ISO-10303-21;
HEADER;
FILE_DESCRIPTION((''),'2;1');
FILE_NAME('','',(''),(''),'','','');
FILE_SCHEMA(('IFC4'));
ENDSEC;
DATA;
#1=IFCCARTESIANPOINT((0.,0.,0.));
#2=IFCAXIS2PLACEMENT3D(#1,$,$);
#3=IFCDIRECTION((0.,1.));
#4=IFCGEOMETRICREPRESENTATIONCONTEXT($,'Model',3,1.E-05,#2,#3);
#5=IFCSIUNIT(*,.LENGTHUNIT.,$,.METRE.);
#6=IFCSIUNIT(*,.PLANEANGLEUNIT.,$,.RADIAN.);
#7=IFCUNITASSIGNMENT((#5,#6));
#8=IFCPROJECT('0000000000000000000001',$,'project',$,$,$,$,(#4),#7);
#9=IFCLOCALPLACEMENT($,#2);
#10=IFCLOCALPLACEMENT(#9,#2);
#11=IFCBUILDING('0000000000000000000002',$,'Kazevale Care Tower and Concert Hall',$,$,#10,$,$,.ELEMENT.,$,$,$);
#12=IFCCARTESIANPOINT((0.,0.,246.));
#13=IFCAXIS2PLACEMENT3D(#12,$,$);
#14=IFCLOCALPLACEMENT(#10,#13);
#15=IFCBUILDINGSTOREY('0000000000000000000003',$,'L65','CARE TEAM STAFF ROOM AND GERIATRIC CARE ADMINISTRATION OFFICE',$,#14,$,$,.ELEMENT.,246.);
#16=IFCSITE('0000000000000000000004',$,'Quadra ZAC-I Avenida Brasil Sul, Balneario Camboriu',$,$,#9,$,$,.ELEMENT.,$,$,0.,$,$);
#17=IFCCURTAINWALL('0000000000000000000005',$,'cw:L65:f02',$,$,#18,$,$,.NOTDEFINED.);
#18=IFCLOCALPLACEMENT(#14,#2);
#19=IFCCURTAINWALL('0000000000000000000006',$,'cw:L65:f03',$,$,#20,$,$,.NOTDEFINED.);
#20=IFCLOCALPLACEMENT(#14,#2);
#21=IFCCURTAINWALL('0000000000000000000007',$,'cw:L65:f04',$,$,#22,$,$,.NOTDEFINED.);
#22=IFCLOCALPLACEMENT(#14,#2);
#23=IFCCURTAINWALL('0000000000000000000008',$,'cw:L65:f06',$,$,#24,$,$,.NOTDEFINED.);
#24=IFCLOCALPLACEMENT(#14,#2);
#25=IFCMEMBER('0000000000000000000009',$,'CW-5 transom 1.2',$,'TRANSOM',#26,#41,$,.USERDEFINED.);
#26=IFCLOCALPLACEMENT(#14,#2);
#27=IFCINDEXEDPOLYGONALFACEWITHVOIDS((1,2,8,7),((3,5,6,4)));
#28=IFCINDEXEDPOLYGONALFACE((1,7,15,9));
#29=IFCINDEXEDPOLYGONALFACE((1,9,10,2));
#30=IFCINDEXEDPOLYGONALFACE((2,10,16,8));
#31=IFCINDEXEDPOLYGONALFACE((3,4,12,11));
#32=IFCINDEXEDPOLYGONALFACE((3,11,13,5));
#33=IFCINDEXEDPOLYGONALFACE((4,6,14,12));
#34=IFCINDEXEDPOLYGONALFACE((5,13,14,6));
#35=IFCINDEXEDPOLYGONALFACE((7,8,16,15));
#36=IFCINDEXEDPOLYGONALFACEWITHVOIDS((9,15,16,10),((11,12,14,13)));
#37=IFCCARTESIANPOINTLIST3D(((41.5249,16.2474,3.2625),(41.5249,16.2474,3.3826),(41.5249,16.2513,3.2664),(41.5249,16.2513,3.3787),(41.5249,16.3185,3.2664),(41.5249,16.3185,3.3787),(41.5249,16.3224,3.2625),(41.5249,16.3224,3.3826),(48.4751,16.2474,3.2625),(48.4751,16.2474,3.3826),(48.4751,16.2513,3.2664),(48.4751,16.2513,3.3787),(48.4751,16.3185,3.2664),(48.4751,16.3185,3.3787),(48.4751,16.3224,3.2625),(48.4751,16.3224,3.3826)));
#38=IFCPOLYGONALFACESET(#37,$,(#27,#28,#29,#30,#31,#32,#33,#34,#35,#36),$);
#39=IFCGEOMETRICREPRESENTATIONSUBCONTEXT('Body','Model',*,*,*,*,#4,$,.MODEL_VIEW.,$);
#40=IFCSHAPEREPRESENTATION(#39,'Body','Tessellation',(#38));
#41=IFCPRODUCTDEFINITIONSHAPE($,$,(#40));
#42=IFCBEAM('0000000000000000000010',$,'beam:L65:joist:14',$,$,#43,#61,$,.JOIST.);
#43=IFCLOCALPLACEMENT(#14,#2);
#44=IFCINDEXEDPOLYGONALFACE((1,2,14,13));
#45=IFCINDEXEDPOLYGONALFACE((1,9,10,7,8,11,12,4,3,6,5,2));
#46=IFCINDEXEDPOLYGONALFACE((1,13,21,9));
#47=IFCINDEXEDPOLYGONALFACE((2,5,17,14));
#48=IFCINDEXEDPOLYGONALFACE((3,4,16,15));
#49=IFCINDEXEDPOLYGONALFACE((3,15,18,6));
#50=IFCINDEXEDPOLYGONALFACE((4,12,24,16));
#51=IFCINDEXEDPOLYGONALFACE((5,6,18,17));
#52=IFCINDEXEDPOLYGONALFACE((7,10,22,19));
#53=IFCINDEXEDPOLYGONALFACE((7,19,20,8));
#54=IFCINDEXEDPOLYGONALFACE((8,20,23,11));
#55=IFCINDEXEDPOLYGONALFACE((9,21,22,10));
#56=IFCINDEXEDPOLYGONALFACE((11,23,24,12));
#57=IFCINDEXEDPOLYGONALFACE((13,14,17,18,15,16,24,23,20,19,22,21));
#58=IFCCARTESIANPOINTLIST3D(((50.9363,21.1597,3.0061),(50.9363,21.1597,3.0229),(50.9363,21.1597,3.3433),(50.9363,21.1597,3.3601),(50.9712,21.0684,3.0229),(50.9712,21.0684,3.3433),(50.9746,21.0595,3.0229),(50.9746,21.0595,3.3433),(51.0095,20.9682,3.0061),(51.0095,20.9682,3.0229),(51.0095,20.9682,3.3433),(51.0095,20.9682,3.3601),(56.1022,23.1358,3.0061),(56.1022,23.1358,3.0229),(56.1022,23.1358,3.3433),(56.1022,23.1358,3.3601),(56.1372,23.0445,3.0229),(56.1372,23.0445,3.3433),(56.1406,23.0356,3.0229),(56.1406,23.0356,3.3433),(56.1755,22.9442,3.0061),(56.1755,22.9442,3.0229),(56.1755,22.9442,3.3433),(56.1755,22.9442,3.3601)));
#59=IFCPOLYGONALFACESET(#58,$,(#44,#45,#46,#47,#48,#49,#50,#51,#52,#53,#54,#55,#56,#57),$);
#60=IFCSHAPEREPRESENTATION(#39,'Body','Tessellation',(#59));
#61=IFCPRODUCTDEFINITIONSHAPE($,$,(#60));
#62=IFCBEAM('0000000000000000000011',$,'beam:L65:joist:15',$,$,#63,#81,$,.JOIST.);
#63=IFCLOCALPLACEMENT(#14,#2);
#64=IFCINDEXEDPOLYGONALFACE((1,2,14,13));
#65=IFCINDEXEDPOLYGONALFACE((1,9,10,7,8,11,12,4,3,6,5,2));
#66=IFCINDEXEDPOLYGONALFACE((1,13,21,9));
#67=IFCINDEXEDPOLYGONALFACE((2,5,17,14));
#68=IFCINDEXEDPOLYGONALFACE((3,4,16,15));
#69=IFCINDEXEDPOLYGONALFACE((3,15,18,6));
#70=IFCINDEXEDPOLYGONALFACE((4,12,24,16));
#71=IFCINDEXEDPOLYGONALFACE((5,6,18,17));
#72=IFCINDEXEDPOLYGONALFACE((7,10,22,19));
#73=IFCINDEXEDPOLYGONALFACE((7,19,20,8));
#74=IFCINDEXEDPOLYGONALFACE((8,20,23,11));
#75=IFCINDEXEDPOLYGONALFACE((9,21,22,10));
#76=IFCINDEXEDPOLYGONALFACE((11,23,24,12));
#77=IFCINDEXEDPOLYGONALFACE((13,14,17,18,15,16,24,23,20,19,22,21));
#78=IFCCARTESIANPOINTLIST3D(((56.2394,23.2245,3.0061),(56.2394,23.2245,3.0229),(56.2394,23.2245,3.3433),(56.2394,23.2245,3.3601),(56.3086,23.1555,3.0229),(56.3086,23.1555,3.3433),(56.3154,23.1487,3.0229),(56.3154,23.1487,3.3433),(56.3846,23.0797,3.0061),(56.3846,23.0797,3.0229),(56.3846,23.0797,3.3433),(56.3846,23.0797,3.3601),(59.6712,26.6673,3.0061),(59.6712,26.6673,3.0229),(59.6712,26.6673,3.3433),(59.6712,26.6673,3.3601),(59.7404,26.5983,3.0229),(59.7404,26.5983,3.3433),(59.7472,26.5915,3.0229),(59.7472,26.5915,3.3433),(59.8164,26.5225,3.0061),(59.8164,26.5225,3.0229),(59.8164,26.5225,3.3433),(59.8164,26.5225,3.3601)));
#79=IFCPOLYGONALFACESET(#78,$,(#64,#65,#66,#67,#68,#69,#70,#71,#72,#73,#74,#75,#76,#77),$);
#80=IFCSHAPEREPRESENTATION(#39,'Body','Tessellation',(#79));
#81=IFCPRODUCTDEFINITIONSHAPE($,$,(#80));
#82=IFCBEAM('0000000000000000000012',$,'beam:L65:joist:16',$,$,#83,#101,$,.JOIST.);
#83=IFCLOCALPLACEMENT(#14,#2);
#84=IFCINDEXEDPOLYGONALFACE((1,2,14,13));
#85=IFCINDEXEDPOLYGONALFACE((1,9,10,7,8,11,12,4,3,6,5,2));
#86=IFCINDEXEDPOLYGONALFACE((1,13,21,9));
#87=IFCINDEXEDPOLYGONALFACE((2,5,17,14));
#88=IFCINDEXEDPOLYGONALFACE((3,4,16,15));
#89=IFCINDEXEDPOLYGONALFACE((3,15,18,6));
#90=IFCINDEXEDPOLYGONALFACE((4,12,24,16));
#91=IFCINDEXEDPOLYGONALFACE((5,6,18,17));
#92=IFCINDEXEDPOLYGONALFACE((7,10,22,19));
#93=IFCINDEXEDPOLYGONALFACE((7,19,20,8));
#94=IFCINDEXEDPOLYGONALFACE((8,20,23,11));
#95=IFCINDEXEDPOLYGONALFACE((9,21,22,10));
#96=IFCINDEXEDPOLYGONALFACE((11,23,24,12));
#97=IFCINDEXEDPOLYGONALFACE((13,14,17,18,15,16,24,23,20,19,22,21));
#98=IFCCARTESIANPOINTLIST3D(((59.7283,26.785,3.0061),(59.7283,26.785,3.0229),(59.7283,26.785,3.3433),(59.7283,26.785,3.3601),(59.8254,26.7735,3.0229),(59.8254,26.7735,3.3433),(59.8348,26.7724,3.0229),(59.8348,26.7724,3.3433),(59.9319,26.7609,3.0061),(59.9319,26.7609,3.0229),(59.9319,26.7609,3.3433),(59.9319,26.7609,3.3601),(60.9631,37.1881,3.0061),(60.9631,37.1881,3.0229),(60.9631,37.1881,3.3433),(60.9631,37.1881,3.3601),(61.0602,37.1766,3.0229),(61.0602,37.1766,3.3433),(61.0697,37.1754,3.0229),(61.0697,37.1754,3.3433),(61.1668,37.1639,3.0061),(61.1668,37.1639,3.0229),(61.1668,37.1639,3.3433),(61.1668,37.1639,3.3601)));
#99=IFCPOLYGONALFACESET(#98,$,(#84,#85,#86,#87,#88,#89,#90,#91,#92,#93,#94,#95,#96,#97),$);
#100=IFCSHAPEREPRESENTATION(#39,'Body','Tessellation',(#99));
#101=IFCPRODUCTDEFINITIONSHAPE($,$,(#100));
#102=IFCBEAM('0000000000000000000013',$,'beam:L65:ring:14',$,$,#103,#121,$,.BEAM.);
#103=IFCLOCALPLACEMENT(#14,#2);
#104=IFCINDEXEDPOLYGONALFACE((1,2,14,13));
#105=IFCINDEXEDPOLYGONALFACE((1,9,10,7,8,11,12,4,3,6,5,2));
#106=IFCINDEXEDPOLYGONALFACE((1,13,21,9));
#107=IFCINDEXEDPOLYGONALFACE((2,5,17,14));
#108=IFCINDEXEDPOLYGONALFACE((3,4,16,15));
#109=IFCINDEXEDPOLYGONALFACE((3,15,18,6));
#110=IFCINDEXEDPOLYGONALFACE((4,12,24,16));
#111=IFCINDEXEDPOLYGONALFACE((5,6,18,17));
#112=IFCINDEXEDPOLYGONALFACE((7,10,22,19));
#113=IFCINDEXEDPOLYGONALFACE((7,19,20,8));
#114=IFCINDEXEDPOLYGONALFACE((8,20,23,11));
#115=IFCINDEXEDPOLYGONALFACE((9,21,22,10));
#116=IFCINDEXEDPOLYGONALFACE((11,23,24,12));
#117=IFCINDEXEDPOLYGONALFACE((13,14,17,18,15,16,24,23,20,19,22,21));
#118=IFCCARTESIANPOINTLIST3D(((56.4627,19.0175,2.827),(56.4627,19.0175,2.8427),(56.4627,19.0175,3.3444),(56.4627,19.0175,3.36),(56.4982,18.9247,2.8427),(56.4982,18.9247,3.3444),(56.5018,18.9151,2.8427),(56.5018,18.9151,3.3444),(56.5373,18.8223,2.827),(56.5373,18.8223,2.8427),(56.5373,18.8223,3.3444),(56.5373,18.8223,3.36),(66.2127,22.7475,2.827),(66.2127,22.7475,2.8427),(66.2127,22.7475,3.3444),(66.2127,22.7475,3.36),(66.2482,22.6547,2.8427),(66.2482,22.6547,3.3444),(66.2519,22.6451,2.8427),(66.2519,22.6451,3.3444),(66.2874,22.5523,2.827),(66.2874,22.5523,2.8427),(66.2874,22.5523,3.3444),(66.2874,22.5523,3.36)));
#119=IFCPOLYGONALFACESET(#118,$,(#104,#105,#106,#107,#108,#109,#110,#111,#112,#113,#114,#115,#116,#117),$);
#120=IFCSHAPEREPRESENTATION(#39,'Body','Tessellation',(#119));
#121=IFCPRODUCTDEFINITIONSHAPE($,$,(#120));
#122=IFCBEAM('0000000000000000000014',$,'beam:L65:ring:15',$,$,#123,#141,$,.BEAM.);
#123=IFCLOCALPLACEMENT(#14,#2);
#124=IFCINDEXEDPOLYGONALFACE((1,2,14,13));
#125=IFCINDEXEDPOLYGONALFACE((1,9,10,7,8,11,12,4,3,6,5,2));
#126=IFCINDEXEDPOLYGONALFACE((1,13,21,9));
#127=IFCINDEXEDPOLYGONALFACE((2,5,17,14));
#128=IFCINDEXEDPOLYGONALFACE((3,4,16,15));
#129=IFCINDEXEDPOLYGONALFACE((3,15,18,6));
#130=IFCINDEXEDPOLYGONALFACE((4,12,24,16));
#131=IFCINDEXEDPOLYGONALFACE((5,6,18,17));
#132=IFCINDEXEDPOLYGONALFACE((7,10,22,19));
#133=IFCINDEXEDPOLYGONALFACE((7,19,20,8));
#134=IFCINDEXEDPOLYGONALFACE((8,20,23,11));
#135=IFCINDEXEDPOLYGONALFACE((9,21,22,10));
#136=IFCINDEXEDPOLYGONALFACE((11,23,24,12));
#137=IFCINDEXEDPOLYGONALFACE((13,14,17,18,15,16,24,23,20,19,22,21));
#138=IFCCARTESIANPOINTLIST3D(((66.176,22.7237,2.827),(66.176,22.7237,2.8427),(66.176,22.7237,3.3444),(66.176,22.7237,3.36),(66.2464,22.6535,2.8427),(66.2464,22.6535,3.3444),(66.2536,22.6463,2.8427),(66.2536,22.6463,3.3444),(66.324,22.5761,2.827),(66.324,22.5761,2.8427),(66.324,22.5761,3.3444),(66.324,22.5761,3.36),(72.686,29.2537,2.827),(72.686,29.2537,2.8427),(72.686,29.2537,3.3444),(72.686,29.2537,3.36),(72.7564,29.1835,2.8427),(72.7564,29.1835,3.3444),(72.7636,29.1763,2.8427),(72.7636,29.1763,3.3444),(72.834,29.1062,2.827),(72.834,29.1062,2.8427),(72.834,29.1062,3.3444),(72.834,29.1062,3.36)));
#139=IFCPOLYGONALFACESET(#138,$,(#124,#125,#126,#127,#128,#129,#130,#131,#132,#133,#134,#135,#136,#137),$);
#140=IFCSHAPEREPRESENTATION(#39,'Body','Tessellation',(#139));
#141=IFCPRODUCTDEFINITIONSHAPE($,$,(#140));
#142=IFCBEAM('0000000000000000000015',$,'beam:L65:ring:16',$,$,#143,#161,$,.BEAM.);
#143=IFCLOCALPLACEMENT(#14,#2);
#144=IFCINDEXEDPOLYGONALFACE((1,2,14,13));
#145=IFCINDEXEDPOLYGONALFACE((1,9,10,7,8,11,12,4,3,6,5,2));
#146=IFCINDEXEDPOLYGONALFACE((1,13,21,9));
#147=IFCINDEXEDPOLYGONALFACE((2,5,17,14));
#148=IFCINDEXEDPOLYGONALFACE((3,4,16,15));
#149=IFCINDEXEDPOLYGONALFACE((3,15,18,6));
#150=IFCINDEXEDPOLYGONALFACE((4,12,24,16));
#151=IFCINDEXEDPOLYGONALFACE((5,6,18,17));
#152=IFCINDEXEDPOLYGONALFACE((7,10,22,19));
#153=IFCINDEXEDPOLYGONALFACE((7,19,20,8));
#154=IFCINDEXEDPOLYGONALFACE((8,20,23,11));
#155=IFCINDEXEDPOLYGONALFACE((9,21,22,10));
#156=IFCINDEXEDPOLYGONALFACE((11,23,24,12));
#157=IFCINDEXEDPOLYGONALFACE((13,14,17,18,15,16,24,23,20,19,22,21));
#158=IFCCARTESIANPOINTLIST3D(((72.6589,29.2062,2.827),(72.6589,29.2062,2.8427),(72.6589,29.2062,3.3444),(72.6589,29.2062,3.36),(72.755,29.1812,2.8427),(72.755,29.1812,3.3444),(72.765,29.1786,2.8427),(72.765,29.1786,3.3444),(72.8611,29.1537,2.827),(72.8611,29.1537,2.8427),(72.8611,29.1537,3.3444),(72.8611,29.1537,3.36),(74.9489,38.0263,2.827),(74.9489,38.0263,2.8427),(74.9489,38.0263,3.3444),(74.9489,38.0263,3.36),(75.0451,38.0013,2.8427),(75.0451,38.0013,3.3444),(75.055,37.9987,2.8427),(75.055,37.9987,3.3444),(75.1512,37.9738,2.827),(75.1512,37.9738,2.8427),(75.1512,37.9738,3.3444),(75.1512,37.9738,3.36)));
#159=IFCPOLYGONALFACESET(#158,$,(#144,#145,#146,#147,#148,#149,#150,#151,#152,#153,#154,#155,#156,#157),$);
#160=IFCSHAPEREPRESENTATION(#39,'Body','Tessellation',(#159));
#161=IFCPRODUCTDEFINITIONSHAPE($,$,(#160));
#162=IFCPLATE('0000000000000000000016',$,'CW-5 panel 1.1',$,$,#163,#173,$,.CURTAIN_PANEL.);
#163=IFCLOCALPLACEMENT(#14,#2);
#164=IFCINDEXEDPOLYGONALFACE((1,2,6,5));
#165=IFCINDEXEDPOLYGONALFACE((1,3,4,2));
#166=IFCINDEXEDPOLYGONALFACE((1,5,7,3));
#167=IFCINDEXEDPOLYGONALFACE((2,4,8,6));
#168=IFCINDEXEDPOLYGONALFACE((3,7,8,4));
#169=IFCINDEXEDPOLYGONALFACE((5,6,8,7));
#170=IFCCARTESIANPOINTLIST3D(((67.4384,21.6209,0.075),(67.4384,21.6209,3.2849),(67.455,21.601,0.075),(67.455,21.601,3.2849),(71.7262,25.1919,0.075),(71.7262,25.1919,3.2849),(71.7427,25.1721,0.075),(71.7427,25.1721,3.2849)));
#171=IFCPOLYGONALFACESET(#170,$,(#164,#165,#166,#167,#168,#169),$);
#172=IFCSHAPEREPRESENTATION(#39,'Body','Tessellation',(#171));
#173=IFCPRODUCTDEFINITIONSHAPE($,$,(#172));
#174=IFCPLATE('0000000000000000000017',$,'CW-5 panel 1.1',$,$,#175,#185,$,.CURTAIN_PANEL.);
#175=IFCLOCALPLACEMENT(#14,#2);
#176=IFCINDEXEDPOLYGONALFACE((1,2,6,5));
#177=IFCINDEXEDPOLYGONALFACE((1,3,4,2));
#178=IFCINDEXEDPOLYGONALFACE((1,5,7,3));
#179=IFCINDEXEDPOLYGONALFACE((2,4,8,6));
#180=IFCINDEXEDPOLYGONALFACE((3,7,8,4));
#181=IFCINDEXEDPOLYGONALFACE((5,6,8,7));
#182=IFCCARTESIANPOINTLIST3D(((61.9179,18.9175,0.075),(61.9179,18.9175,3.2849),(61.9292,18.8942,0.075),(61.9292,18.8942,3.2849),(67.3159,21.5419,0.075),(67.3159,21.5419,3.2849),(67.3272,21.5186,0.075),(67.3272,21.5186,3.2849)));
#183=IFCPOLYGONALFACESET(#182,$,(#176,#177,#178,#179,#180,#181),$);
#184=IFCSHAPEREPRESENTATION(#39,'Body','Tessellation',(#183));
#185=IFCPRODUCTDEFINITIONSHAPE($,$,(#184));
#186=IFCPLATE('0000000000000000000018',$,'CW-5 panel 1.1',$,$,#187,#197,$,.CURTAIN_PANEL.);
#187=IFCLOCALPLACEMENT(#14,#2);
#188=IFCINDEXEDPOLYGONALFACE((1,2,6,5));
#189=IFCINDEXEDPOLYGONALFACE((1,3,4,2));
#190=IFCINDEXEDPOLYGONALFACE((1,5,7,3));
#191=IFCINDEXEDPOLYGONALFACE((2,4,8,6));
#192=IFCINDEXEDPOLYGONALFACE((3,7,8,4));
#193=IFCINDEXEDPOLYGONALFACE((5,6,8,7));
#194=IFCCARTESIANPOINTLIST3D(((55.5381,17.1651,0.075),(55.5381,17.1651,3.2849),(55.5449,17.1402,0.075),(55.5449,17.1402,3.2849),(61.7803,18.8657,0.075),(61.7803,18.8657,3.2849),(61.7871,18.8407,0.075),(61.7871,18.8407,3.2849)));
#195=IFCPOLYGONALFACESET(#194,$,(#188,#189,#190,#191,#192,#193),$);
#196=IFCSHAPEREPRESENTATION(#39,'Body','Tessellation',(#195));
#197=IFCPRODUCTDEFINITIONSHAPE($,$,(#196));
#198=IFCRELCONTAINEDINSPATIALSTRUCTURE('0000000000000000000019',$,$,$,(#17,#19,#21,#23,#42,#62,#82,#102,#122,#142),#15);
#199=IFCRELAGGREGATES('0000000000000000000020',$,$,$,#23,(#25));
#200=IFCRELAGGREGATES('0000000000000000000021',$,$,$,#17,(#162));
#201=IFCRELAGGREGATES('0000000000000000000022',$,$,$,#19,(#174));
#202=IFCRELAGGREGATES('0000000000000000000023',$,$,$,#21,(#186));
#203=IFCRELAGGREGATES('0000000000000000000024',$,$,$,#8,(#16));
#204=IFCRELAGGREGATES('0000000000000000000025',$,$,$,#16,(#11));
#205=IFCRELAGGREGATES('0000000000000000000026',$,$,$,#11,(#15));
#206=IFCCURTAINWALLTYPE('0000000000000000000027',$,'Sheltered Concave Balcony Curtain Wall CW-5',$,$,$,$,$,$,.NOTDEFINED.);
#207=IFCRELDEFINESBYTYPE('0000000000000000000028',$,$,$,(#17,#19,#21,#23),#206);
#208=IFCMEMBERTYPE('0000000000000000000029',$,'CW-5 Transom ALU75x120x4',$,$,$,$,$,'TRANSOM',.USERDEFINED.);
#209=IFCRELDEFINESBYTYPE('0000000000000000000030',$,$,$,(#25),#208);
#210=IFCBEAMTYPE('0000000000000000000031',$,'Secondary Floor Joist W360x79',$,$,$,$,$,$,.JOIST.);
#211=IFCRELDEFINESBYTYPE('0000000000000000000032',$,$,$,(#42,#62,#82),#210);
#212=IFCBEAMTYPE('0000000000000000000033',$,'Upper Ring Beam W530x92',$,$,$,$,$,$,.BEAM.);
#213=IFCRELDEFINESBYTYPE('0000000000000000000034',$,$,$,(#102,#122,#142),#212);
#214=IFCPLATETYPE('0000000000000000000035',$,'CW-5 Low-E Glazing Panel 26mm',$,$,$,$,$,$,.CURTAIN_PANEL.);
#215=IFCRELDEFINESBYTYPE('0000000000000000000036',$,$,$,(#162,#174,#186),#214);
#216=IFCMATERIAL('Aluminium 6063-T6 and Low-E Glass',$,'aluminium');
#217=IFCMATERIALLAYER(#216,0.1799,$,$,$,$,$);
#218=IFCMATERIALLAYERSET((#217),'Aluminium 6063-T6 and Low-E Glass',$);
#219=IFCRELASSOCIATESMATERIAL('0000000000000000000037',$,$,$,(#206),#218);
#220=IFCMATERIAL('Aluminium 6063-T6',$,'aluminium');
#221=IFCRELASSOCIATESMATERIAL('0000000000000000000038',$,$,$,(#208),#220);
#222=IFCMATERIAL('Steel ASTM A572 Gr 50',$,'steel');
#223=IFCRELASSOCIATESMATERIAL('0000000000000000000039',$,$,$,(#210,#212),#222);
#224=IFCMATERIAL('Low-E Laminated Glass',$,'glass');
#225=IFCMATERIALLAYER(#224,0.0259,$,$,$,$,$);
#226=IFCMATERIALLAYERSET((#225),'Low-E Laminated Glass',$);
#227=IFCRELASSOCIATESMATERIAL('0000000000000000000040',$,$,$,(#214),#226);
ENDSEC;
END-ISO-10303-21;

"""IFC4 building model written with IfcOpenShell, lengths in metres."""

from ifc_helpers import new_model, si_unit, direction, frame, origin, origin_2d, place, context, subcontext, project, spatial, rectangle, hollow_rectangle, i_section, extrude, material, layer, layer_set, material_profile, profile_set, type_object, element, aggregate, save


model = new_model("IFC4")

# Units and contexts
model_context = context("Model", 3, precision=1e-05, world=origin(), true_north=direction((0.0, 1.0)))
body_context = subcontext(model_context, "Body", "Model", "MODEL_VIEW")
ifc_project = project(units=[si_unit("LENGTHUNIT", "METRE"), si_unit("PLANEANGLEUNIT", "RADIAN")], contexts=[model_context])

# Site, building, storey
site_placement = place(None, origin())
site = spatial("IfcSite", under=ifc_project, at=site_placement, Name="Quadra ZAC-I Avenida Brasil Sul, Balneario Camboriu", CompositionType="ELEMENT", RefElevation=0.0)
building_placement = place(site_placement, origin())
building = spatial("IfcBuilding", under=site, at=building_placement, Name="Kazevale Care Tower and Concert Hall", CompositionType="ELEMENT")
storey_placement = place(building_placement, frame((0.0, 0.0, 246.0)))
storey = spatial("IfcBuildingStorey", under=building, at=storey_placement, Name="L65", Description="CARE TEAM STAFF ROOM AND GERIATRIC CARE ADMINISTRATION OFFICE", CompositionType="ELEMENT", Elevation=246.0)

# Curtain walls
ifc_material_1 = material(Name="Aluminium 6063-T6 and Low-E Glass", Category="aluminium")
ifc_layer_1 = layer(ifc_material_1, 0.1799)
ifc_layer_set_1 = layer_set([ifc_layer_1], Name="Aluminium 6063-T6 and Low-E Glass")
curtain_wall_type = type_object("IfcCurtainWallType", Name="Sheltered Concave Balcony Curtain Wall CW-5", PredefinedType="NOTDEFINED", material=ifc_layer_set_1)
curtain_wall_1_placement = place(storey_placement, origin())
curtain_wall_1 = element("IfcCurtainWall", 1, at=curtain_wall_1_placement, inside=storey, type_object=curtain_wall_type, Name="cw:L65:f02", PredefinedType="NOTDEFINED")
ifc_material_2 = material(Name="Aluminium 6063-T6", Category="aluminium")
curtain_wall_2_placement = place(storey_placement, origin())
curtain_wall_2 = element("IfcCurtainWall", 2, at=curtain_wall_2_placement, inside=storey, type_object=curtain_wall_type, Name="cw:L65:f03", PredefinedType="NOTDEFINED")
curtain_wall_3_placement = place(storey_placement, origin())
curtain_wall_3 = element("IfcCurtainWall", 3, at=curtain_wall_3_placement, inside=storey, type_object=curtain_wall_type, Name="cw:L65:f04", PredefinedType="NOTDEFINED")

# Curtain wall
curtain_wall_4_placement = place(storey_placement, origin())
curtain_wall_4 = element("IfcCurtainWall", 4, at=curtain_wall_4_placement, inside=storey, type_object=curtain_wall_type, Name="cw:L65:f06", PredefinedType="NOTDEFINED")

# Member
ifc_material_profile_1 = material_profile(ifc_material_2, hollow_rectangle(XDim=0.075, YDim=0.1201, WallThickness=0.0039, at=origin_2d()), Name="ALU75x120x4")
ifc_profile_set_1 = profile_set([ifc_material_profile_1], Name="Aluminium 6063-T6")
member_type_1 = type_object("IfcMemberType", Name="CW-5 Transom ALU75x120x4", ElementType="TRANSOM", PredefinedType="USERDEFINED", material=ifc_profile_set_1)
member_1_placement = place(storey_placement, frame((48.4751, 16.2849, 3.3225), z_axis=(-1.0, 0.0, 0.0), x_axis=(0.0, -1.0, 0.0)))
member_1 = element("IfcMember", 5, at=member_1_placement, type_object=member_type_1, Name="CW-5 transom 1.2", ObjectType="TRANSOM", PredefinedType="USERDEFINED", context=body_context, shape_type="SweptSolid", body=[
    extrude(hollow_rectangle(XDim=0.075, YDim=0.1201, WallThickness=0.0039, at=origin_2d()), origin(), (0.0, 0.0, 1.0), 6.9502),
])
aggregate(curtain_wall_4, [member_1])

# Beams
ifc_material_3 = material(Name="Steel ASTM A572 Gr 50", Category="steel")
ifc_material_profile_2 = material_profile(ifc_material_3, i_section(OverallWidth=0.2051, OverallDepth=0.354, WebThickness=0.0095, FlangeThickness=0.0168, at=origin_2d()), Name="W360x79")
ifc_profile_set_2 = profile_set([ifc_material_profile_2], Name="Steel ASTM A572 Gr 50")
beam_type_1 = type_object("IfcBeamType", Name="Secondary Floor Joist W360x79", PredefinedType="JOIST", material=ifc_profile_set_2)
beam_1_placement = place(storey_placement, frame((50.9729, 21.064, 3.1831), z_axis=(0.934002, 0.357269, 0.0), x_axis=(-0.357269, 0.934002, 0.0)))
element("IfcBeam", 6, at=beam_1_placement, inside=storey, type_object=beam_type_1, Name="beam:L65:joist:14", PredefinedType="JOIST", context=body_context, shape_type="SweptSolid", body=[
    extrude(i_section(OverallWidth=0.2051, OverallDepth=0.354, WebThickness=0.0095, FlangeThickness=0.0168, at=origin_2d()), origin(), (0.0, 0.0, 1.0), 5.531),
])
beam_2_placement = place(storey_placement, frame((56.312, 23.1521, 3.1831), z_axis=(0.705976, 0.708236, 0.0), x_axis=(-0.708236, 0.705976, 0.0)))
element("IfcBeam", 7, at=beam_2_placement, inside=storey, type_object=beam_type_1, Name="beam:L65:joist:15", PredefinedType="JOIST", context=body_context, shape_type="SweptSolid", body=[
    extrude(i_section(OverallWidth=0.2051, OverallDepth=0.354, WebThickness=0.0095, FlangeThickness=0.0168, at=origin_2d()), origin(), (0.0, 0.0, 1.0), 4.8611),
])
beam_3_placement = place(storey_placement, frame((59.8301, 26.7729, 3.1831), z_axis=(0.117874, 0.993029, 0.0), x_axis=(-0.993029, 0.117874, 0.0)))
element("IfcBeam", 8, at=beam_3_placement, inside=storey, type_object=beam_type_1, Name="beam:L65:joist:16", PredefinedType="JOIST", context=body_context, shape_type="SweptSolid", body=[
    extrude(i_section(OverallWidth=0.2051, OverallDepth=0.354, WebThickness=0.0095, FlangeThickness=0.0168, at=origin_2d()), origin(), (0.0, 0.0, 1.0), 10.4761),
])
ifc_material_profile_3 = material_profile(ifc_material_3, i_section(OverallWidth=0.209, OverallDepth=0.533, WebThickness=0.0103, FlangeThickness=0.0156, at=origin_2d()), Name="W530x92")
ifc_profile_set_3 = profile_set([ifc_material_profile_3], Name="Steel ASTM A572 Gr 50")
beam_type_2 = type_object("IfcBeamType", Name="Upper Ring Beam W530x92", PredefinedType="BEAM", material=ifc_profile_set_3)
beam_4_placement = place(storey_placement, frame((56.5, 18.9199, 3.0935), z_axis=(0.933987, 0.357308, 0.0), x_axis=(-0.357308, 0.933987, 0.0)))
element("IfcBeam", 9, at=beam_4_placement, inside=storey, type_object=beam_type_2, Name="beam:L65:ring:14", PredefinedType="BEAM", context=body_context, shape_type="SweptSolid", body=[
    extrude(i_section(OverallWidth=0.209, OverallDepth=0.533, WebThickness=0.0103, FlangeThickness=0.0156, at=origin_2d()), origin(), (0.0, 0.0, 1.0), 10.4392),
])
beam_5_placement = place(storey_placement, frame((66.25, 22.6499, 3.0935), z_axis=(0.70602, 0.708192, 0.0), x_axis=(-0.708192, 0.70602, 0.0)))
element("IfcBeam", 10, at=beam_5_placement, inside=storey, type_object=beam_type_2, Name="beam:L65:ring:15", PredefinedType="BEAM", context=body_context, shape_type="SweptSolid", body=[
    extrude(i_section(OverallWidth=0.209, OverallDepth=0.533, WebThickness=0.0103, FlangeThickness=0.0156, at=origin_2d()), origin(), (0.0, 0.0, 1.0), 9.2207),
])
beam_6_placement = place(storey_placement, frame((72.76, 29.1799, 3.0935), z_axis=(0.251307, 0.967907, 0.0), x_axis=(-0.967907, 0.251307, 0.0)))
element("IfcBeam", 11, at=beam_6_placement, inside=storey, type_object=beam_type_2, Name="beam:L65:ring:16", PredefinedType="BEAM", context=body_context, shape_type="SweptSolid", body=[
    extrude(i_section(OverallWidth=0.209, OverallDepth=0.533, WebThickness=0.0103, FlangeThickness=0.0156, at=origin_2d()), origin(), (0.0, 0.0, 1.0), 9.1125),
])

# Plates
ifc_material_4 = material(Name="Low-E Laminated Glass", Category="glass")
ifc_layer_2 = layer(ifc_material_4, 0.0259)
ifc_layer_set_2 = layer_set([ifc_layer_2], Name="Low-E Laminated Glass")
plate_type = type_object("IfcPlateType", Name="CW-5 Low-E Glazing Panel 26mm", PredefinedType="CURTAIN_PANEL", material=ifc_layer_set_2)
plate_1_placement = place(storey_placement, frame((69.5906, 23.3965, 0.075), z_axis=(0.0, 0.0, 1.0), x_axis=(-0.768407, -0.639961, 0.0)))
plate_1 = element("IfcPlate", 12, at=plate_1_placement, type_object=plate_type, Name="CW-5 panel 1.1", PredefinedType="CURTAIN_PANEL", context=body_context, shape_type="SweptSolid", body=[
    extrude(rectangle(XDim=5.5801, YDim=0.0259, at=origin_2d()), origin(), (0.0, 0.0, 1.0), 3.21),
])
aggregate(curtain_wall_1, [plate_1])
plate_2_placement = place(storey_placement, frame((64.6226, 20.218, 0.075), z_axis=(0.0, 0.0, 1.0), x_axis=(-0.899346, -0.437238, 0.0)))
plate_2 = element("IfcPlate", 13, at=plate_2_placement, type_object=plate_type, Name="CW-5 panel 1.1", PredefinedType="CURTAIN_PANEL", context=body_context, shape_type="SweptSolid", body=[
    extrude(rectangle(XDim=6.0022, YDim=0.0259, at=origin_2d()), origin(), (0.0, 0.0, 1.0), 3.21),
])
aggregate(curtain_wall_2, [plate_2])
plate_3_placement = place(storey_placement, frame((58.6626, 18.0029, 0.075), z_axis=(0.0, 0.0, 1.0), x_axis=(-0.964837, -0.262849, 0.0)))
plate_3 = element("IfcPlate", 14, at=plate_3_placement, type_object=plate_type, Name="CW-5 panel 1.1", PredefinedType="CURTAIN_PANEL", context=body_context, shape_type="SweptSolid", body=[
    extrude(rectangle(XDim=6.4697, YDim=0.0259, at=origin_2d()), origin(), (0.0, 0.0, 1.0), 3.21),
])
aggregate(curtain_wall_3, [plate_3])

save(model, "model.ifc")
